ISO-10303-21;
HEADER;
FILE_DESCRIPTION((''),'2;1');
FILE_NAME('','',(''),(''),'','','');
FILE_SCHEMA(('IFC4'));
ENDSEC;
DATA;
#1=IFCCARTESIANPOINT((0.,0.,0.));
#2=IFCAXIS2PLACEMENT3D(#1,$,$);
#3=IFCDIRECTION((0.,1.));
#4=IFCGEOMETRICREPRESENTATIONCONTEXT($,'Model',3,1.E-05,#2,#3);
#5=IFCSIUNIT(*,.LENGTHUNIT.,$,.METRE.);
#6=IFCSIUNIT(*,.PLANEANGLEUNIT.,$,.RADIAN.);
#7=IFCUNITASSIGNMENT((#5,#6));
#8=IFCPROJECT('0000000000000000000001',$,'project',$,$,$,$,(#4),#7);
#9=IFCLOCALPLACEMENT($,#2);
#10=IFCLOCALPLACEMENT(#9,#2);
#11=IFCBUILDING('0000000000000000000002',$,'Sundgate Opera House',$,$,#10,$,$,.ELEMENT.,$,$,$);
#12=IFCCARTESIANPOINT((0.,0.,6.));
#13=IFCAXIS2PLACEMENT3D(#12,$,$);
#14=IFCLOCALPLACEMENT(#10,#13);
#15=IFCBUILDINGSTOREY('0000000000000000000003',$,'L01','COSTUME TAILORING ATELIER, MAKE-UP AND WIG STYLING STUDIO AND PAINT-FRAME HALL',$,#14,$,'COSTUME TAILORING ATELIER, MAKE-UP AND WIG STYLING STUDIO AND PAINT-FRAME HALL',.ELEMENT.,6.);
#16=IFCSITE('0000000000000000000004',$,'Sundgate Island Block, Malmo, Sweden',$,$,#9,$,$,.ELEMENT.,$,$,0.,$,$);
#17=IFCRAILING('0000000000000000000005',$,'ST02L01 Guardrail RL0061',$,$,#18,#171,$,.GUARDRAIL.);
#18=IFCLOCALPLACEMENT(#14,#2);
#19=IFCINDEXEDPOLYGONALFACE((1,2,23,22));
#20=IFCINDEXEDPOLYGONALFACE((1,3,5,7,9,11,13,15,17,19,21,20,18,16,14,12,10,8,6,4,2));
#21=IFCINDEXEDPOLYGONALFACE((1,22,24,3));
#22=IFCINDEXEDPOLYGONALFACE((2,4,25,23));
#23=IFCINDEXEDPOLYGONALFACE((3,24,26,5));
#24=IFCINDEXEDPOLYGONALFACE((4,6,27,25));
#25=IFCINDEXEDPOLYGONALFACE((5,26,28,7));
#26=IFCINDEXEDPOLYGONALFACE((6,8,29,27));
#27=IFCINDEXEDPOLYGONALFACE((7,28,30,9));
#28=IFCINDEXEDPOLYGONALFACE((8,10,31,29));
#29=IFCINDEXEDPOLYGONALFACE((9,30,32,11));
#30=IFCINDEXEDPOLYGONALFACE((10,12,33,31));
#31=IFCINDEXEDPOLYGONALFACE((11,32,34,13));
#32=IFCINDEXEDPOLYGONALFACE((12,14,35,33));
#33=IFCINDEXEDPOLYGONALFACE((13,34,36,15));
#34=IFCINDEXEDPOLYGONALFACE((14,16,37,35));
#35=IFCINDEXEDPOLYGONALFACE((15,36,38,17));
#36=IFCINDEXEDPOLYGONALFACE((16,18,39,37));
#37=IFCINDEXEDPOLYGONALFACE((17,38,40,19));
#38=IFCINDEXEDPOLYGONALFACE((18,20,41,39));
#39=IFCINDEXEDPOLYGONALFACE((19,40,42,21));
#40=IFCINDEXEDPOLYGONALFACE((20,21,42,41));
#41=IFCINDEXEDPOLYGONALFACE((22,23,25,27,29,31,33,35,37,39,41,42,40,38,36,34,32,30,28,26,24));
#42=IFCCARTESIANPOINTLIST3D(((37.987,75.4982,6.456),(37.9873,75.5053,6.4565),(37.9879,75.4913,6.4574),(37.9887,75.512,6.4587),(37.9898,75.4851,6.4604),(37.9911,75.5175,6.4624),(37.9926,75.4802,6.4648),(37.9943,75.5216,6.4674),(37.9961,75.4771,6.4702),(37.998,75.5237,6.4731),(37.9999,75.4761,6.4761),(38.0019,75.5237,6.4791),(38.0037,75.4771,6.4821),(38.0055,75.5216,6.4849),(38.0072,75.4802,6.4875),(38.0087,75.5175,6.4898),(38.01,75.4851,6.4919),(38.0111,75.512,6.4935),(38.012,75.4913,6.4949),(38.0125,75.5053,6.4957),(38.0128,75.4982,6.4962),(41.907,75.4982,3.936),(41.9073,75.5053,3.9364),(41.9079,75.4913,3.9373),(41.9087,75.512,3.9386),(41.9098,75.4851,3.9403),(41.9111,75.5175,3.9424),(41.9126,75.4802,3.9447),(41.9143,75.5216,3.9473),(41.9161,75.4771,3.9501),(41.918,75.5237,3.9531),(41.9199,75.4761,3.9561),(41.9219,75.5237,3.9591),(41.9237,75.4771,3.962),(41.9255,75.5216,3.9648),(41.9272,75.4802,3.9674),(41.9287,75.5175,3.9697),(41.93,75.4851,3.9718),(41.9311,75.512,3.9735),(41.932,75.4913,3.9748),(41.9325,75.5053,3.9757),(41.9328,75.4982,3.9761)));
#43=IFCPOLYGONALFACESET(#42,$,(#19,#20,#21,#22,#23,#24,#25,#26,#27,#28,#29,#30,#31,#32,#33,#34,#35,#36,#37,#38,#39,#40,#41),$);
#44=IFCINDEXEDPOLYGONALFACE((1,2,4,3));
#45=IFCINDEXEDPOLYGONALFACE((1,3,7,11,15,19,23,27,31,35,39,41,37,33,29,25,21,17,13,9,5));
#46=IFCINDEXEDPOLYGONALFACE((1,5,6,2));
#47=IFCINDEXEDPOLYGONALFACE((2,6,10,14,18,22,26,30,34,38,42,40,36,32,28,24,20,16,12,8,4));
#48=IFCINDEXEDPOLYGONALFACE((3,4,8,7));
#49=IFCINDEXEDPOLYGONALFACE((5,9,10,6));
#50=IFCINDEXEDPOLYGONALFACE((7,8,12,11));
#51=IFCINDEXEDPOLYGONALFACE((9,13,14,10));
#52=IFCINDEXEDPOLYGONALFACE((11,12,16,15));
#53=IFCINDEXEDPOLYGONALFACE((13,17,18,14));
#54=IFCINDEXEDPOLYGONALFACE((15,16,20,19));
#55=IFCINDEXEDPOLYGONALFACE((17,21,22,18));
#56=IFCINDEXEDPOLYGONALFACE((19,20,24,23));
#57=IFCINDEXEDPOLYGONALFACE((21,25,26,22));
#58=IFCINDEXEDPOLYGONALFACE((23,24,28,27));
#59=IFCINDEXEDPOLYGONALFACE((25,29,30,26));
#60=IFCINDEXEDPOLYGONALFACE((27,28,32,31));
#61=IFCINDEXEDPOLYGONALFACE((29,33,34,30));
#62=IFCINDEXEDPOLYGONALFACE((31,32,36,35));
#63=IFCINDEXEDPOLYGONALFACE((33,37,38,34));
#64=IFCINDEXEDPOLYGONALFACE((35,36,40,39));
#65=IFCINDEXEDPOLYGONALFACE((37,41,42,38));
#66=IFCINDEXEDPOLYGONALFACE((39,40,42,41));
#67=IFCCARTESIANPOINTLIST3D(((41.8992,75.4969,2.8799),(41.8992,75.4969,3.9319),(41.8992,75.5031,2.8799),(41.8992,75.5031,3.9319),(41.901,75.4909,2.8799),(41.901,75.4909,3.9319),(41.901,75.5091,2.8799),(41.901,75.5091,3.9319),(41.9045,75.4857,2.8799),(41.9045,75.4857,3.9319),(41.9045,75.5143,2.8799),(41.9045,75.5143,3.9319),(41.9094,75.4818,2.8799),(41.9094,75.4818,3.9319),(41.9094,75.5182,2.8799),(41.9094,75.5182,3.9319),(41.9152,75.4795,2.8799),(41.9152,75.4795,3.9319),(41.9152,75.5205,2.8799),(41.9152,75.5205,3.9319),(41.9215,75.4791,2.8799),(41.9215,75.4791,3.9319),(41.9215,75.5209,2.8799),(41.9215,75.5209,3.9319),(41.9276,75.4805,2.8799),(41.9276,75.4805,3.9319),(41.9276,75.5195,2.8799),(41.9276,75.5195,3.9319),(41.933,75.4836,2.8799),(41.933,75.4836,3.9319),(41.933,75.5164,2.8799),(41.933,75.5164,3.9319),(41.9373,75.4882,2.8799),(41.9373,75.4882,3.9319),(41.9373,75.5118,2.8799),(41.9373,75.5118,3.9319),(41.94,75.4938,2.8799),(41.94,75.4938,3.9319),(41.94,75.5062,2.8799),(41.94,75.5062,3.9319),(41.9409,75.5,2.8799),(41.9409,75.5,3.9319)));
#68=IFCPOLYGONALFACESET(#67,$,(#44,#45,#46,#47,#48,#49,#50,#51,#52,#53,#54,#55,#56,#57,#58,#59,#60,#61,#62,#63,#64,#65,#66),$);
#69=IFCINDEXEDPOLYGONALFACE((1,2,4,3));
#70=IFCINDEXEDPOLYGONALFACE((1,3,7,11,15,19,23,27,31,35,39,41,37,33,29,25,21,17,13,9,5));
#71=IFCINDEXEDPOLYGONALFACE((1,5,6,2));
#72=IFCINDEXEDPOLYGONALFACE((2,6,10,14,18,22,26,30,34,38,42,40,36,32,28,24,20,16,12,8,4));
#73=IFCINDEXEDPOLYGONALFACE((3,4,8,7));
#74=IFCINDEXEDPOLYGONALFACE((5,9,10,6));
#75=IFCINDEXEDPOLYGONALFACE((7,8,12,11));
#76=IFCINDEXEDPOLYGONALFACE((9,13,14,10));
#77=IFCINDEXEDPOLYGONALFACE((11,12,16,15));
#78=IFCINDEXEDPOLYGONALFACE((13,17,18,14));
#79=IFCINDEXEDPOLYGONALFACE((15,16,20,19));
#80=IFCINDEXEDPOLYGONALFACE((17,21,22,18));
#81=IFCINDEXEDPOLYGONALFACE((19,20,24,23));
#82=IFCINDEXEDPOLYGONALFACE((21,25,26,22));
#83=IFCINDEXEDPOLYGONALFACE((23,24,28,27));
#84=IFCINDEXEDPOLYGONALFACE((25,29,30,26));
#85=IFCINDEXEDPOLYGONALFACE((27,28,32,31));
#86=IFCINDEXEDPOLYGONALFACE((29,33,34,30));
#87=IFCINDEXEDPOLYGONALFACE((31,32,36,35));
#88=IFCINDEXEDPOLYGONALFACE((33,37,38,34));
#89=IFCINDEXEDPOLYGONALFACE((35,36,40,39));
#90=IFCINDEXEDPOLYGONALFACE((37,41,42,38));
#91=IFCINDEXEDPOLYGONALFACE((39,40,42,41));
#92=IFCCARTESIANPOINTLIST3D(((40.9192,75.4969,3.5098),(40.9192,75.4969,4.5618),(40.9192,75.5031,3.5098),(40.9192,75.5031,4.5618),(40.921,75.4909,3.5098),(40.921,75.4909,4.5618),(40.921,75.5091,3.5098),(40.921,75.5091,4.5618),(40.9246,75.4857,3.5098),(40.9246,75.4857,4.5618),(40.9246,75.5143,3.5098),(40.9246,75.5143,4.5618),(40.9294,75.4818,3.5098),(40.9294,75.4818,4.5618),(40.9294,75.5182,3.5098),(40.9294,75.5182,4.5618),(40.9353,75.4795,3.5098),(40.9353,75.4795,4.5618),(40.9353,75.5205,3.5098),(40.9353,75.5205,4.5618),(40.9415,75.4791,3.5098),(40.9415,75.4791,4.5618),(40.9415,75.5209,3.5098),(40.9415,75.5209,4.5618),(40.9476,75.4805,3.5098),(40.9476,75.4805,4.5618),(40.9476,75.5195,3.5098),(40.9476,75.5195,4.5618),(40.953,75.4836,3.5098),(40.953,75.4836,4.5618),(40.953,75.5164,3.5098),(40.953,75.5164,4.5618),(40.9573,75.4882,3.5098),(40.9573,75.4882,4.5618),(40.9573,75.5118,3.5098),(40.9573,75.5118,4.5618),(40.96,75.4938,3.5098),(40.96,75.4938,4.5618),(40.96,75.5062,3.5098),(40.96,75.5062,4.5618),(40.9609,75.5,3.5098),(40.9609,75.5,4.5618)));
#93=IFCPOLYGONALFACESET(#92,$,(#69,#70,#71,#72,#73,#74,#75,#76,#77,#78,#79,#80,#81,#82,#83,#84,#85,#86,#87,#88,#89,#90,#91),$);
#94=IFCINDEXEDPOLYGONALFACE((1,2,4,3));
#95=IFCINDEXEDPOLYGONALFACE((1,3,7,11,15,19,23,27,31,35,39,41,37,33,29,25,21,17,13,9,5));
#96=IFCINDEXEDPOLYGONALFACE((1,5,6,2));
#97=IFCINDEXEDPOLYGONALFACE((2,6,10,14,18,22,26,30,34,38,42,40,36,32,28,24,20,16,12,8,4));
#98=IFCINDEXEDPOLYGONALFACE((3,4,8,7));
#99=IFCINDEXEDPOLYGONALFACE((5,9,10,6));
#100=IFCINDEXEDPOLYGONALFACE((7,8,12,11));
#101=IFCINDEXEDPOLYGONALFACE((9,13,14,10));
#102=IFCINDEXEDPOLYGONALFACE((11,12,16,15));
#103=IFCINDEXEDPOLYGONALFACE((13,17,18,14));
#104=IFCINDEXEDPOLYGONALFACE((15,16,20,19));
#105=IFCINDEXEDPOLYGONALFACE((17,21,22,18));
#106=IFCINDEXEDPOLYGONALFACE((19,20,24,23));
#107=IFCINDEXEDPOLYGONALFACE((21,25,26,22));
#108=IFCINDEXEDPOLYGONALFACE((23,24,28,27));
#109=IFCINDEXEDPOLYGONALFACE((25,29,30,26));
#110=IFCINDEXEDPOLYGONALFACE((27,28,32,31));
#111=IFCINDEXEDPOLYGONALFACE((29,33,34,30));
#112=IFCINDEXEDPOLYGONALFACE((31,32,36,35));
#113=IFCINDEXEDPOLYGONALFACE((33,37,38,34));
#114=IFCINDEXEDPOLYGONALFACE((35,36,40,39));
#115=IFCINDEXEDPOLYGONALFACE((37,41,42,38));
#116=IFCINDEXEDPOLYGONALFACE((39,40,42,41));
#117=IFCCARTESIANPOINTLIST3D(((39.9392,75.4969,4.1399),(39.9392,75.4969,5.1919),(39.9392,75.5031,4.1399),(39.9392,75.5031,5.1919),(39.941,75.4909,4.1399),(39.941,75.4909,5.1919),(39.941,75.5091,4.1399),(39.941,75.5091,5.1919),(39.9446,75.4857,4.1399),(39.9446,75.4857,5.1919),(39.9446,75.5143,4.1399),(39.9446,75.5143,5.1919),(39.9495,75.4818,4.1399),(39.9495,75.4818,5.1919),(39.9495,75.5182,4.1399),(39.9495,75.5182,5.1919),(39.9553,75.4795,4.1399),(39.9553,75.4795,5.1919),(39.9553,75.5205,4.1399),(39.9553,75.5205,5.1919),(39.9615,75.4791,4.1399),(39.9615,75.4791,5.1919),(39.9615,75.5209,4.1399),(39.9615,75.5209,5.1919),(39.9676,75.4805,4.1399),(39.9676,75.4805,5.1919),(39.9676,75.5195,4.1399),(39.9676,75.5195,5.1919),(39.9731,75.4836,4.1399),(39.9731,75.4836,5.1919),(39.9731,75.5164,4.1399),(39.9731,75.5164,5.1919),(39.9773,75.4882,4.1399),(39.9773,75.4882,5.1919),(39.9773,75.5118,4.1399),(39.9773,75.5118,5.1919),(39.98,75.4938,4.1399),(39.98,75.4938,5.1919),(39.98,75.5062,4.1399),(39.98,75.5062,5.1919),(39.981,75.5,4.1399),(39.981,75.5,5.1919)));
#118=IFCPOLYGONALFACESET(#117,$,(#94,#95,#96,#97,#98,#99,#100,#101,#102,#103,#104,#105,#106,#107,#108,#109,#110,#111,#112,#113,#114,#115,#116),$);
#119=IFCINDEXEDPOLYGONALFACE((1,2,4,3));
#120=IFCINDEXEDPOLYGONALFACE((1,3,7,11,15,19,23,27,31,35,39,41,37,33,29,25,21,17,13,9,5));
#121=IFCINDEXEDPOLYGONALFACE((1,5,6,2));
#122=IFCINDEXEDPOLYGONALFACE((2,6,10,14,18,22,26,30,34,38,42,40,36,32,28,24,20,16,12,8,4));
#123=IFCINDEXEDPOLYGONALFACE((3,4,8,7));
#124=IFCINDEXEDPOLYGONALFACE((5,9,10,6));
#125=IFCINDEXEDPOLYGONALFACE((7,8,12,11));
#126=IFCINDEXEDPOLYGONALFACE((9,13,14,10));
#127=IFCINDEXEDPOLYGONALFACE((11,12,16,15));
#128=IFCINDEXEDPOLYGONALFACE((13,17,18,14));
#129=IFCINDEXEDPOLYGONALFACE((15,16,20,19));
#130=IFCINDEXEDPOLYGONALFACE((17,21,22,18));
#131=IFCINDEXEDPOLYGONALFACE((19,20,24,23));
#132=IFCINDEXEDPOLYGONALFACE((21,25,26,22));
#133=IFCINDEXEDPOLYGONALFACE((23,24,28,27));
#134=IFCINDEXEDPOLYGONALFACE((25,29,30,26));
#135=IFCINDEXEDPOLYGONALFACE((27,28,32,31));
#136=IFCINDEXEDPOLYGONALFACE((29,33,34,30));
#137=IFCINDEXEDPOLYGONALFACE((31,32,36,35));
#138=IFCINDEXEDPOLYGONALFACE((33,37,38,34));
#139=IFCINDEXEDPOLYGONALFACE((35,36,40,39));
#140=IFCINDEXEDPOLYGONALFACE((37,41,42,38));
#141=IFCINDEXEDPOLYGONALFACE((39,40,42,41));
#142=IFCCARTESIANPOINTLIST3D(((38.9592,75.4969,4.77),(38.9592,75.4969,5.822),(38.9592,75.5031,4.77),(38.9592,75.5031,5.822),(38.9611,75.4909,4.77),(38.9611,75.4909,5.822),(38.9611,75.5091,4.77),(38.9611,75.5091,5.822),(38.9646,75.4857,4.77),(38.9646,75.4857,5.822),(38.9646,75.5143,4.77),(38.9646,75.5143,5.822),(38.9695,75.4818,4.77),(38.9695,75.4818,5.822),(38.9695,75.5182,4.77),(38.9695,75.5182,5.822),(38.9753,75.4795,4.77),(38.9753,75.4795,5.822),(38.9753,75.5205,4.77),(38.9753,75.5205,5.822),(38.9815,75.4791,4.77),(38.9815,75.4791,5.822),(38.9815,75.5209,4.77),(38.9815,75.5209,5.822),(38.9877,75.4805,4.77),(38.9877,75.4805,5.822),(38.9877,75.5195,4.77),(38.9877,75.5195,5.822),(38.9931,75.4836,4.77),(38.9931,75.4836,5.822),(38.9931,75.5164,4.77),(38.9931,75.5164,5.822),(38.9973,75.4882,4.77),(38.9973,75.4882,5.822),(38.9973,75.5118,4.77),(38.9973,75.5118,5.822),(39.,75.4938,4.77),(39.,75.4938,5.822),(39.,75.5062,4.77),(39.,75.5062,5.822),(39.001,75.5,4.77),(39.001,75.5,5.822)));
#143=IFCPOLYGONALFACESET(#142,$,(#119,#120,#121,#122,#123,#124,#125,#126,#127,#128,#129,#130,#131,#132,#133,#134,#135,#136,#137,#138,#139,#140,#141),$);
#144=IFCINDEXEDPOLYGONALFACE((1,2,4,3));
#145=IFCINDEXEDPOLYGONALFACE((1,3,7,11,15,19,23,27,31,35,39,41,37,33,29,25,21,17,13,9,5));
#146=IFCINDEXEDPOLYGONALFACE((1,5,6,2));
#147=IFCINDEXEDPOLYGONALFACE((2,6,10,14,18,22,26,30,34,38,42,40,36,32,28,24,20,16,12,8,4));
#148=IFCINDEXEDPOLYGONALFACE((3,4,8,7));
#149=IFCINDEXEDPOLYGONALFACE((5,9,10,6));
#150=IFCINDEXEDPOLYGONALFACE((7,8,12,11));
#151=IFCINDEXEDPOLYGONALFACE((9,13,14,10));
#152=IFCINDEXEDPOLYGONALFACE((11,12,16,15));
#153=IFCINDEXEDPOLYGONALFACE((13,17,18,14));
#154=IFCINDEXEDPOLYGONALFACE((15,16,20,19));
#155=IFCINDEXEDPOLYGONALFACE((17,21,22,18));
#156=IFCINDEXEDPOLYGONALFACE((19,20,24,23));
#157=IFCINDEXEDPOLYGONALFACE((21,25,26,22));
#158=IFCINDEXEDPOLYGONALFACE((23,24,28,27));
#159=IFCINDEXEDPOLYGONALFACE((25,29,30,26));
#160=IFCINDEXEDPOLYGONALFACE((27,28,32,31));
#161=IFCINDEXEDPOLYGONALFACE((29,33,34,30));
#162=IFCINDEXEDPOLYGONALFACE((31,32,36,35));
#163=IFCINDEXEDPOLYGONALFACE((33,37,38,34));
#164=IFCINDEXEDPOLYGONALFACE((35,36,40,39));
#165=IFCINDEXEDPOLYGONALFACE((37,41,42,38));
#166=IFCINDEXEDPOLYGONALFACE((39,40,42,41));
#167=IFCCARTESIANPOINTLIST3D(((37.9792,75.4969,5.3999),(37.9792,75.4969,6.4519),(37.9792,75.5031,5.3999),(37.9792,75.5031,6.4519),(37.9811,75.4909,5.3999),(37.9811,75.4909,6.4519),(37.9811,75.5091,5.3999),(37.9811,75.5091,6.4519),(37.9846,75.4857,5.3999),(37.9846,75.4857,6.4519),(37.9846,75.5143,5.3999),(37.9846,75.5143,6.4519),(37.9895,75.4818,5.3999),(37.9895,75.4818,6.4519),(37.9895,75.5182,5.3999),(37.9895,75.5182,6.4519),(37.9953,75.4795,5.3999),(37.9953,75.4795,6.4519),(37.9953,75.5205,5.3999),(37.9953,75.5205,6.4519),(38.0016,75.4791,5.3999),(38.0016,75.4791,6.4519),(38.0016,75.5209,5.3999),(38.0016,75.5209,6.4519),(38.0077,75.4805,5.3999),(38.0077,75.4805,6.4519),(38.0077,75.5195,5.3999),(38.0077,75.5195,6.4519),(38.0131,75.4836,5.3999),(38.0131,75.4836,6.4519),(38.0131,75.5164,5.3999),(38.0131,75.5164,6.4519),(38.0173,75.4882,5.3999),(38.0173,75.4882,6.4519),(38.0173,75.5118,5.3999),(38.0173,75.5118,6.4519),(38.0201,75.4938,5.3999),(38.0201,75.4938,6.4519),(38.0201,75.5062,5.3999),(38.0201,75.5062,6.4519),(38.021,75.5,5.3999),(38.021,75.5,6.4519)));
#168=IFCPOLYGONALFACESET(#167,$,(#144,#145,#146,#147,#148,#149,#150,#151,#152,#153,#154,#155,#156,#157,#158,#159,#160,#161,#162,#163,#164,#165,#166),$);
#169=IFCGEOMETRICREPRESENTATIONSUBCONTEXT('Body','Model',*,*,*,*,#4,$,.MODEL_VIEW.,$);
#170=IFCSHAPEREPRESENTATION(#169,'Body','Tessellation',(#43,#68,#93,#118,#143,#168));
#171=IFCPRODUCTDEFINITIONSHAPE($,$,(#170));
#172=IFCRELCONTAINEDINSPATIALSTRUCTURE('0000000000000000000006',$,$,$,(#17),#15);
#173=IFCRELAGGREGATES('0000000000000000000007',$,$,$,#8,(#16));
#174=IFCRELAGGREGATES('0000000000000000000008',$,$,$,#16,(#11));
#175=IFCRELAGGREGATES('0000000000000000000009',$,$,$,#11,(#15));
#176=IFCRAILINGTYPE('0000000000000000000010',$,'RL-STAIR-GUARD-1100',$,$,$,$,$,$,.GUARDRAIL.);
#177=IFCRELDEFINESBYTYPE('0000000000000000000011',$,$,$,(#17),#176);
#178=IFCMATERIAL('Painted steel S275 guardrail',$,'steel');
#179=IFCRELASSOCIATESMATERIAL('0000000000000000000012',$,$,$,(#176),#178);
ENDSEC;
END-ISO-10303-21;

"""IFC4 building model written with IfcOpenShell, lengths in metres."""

from ifc_helpers import new_model, si_unit, direction, frame, origin, origin_2d, place, context, subcontext, project, spatial, circle, extrude, material, type_object, element, save


model = new_model("IFC4")

# Units and contexts
model_context = context("Model", 3, precision=1e-05, world=origin(), true_north=direction((0.0, 1.0)))
body_context = subcontext(model_context, "Body", "Model", "MODEL_VIEW")
ifc_project = project(units=[si_unit("LENGTHUNIT", "METRE"), si_unit("PLANEANGLEUNIT", "RADIAN")], contexts=[model_context])

# Site, building, storey
site_placement = place(None, origin())
site = spatial("IfcSite", under=ifc_project, at=site_placement, Name="Sundgate Island Block, Malmo, Sweden", CompositionType="ELEMENT", RefElevation=0.0)
building_placement = place(site_placement, origin())
building = spatial("IfcBuilding", under=site, at=building_placement, Name="Sundgate Opera House", CompositionType="ELEMENT")
storey_placement = place(building_placement, frame((0.0, 0.0, 6.0)))
storey = spatial("IfcBuildingStorey", under=building, at=storey_placement, Name="L01", Description="COSTUME TAILORING ATELIER, MAKE-UP AND WIG STYLING STUDIO AND PAINT-FRAME HALL", LongName="COSTUME TAILORING ATELIER, MAKE-UP AND WIG STYLING STUDIO AND PAINT-FRAME HALL", CompositionType="ELEMENT", Elevation=6.0)

# Railing
ifc_material_1 = material(Name="Painted steel S275 guardrail", Category="steel")
railing_type_1 = type_object("IfcRailingType", Name="RL-STAIR-GUARD-1100", PredefinedType="GUARDRAIL", material=ifc_material_1)
railing_1_placement = place(storey_placement, frame((41.9199, 75.5, 2.8799)))
element("IfcRailing", 1, at=railing_1_placement, inside=storey, type_object=railing_type_1, Name="ST02L01 Guardrail RL0061", PredefinedType="GUARDRAIL", context=body_context, shape_type="SweptSolid", body=[
    extrude(circle(Radius=0.0239, at=origin_2d()), frame((0.0, 0.0, 1.0762), z_axis=(-0.841172, 0.0, 0.540768), x_axis=(0.0, -1.0, 0.0)), (0.0, 0.0, 1.0), 4.6602),
    extrude(circle(Radius=0.021, at=origin_2d()), origin(), (0.0, 0.0, 1.0), 1.052),
    extrude(circle(Radius=0.021, at=origin_2d()), frame((-0.98, 0.0, 0.6299)), (0.0, 0.0, 1.0), 1.052),
    extrude(circle(Radius=0.021, at=origin_2d()), frame((-1.96, 0.0, 1.26)), (0.0, 0.0, 1.0), 1.052),
    extrude(circle(Radius=0.021, at=origin_2d()), frame((-2.9399, 0.0, 1.8901)), (0.0, 0.0, 1.0), 1.052),
    extrude(circle(Radius=0.021, at=origin_2d()), frame((-3.9199, 0.0, 2.52)), (0.0, 0.0, 1.0), 1.052),
])

save(model, "model.ifc")
